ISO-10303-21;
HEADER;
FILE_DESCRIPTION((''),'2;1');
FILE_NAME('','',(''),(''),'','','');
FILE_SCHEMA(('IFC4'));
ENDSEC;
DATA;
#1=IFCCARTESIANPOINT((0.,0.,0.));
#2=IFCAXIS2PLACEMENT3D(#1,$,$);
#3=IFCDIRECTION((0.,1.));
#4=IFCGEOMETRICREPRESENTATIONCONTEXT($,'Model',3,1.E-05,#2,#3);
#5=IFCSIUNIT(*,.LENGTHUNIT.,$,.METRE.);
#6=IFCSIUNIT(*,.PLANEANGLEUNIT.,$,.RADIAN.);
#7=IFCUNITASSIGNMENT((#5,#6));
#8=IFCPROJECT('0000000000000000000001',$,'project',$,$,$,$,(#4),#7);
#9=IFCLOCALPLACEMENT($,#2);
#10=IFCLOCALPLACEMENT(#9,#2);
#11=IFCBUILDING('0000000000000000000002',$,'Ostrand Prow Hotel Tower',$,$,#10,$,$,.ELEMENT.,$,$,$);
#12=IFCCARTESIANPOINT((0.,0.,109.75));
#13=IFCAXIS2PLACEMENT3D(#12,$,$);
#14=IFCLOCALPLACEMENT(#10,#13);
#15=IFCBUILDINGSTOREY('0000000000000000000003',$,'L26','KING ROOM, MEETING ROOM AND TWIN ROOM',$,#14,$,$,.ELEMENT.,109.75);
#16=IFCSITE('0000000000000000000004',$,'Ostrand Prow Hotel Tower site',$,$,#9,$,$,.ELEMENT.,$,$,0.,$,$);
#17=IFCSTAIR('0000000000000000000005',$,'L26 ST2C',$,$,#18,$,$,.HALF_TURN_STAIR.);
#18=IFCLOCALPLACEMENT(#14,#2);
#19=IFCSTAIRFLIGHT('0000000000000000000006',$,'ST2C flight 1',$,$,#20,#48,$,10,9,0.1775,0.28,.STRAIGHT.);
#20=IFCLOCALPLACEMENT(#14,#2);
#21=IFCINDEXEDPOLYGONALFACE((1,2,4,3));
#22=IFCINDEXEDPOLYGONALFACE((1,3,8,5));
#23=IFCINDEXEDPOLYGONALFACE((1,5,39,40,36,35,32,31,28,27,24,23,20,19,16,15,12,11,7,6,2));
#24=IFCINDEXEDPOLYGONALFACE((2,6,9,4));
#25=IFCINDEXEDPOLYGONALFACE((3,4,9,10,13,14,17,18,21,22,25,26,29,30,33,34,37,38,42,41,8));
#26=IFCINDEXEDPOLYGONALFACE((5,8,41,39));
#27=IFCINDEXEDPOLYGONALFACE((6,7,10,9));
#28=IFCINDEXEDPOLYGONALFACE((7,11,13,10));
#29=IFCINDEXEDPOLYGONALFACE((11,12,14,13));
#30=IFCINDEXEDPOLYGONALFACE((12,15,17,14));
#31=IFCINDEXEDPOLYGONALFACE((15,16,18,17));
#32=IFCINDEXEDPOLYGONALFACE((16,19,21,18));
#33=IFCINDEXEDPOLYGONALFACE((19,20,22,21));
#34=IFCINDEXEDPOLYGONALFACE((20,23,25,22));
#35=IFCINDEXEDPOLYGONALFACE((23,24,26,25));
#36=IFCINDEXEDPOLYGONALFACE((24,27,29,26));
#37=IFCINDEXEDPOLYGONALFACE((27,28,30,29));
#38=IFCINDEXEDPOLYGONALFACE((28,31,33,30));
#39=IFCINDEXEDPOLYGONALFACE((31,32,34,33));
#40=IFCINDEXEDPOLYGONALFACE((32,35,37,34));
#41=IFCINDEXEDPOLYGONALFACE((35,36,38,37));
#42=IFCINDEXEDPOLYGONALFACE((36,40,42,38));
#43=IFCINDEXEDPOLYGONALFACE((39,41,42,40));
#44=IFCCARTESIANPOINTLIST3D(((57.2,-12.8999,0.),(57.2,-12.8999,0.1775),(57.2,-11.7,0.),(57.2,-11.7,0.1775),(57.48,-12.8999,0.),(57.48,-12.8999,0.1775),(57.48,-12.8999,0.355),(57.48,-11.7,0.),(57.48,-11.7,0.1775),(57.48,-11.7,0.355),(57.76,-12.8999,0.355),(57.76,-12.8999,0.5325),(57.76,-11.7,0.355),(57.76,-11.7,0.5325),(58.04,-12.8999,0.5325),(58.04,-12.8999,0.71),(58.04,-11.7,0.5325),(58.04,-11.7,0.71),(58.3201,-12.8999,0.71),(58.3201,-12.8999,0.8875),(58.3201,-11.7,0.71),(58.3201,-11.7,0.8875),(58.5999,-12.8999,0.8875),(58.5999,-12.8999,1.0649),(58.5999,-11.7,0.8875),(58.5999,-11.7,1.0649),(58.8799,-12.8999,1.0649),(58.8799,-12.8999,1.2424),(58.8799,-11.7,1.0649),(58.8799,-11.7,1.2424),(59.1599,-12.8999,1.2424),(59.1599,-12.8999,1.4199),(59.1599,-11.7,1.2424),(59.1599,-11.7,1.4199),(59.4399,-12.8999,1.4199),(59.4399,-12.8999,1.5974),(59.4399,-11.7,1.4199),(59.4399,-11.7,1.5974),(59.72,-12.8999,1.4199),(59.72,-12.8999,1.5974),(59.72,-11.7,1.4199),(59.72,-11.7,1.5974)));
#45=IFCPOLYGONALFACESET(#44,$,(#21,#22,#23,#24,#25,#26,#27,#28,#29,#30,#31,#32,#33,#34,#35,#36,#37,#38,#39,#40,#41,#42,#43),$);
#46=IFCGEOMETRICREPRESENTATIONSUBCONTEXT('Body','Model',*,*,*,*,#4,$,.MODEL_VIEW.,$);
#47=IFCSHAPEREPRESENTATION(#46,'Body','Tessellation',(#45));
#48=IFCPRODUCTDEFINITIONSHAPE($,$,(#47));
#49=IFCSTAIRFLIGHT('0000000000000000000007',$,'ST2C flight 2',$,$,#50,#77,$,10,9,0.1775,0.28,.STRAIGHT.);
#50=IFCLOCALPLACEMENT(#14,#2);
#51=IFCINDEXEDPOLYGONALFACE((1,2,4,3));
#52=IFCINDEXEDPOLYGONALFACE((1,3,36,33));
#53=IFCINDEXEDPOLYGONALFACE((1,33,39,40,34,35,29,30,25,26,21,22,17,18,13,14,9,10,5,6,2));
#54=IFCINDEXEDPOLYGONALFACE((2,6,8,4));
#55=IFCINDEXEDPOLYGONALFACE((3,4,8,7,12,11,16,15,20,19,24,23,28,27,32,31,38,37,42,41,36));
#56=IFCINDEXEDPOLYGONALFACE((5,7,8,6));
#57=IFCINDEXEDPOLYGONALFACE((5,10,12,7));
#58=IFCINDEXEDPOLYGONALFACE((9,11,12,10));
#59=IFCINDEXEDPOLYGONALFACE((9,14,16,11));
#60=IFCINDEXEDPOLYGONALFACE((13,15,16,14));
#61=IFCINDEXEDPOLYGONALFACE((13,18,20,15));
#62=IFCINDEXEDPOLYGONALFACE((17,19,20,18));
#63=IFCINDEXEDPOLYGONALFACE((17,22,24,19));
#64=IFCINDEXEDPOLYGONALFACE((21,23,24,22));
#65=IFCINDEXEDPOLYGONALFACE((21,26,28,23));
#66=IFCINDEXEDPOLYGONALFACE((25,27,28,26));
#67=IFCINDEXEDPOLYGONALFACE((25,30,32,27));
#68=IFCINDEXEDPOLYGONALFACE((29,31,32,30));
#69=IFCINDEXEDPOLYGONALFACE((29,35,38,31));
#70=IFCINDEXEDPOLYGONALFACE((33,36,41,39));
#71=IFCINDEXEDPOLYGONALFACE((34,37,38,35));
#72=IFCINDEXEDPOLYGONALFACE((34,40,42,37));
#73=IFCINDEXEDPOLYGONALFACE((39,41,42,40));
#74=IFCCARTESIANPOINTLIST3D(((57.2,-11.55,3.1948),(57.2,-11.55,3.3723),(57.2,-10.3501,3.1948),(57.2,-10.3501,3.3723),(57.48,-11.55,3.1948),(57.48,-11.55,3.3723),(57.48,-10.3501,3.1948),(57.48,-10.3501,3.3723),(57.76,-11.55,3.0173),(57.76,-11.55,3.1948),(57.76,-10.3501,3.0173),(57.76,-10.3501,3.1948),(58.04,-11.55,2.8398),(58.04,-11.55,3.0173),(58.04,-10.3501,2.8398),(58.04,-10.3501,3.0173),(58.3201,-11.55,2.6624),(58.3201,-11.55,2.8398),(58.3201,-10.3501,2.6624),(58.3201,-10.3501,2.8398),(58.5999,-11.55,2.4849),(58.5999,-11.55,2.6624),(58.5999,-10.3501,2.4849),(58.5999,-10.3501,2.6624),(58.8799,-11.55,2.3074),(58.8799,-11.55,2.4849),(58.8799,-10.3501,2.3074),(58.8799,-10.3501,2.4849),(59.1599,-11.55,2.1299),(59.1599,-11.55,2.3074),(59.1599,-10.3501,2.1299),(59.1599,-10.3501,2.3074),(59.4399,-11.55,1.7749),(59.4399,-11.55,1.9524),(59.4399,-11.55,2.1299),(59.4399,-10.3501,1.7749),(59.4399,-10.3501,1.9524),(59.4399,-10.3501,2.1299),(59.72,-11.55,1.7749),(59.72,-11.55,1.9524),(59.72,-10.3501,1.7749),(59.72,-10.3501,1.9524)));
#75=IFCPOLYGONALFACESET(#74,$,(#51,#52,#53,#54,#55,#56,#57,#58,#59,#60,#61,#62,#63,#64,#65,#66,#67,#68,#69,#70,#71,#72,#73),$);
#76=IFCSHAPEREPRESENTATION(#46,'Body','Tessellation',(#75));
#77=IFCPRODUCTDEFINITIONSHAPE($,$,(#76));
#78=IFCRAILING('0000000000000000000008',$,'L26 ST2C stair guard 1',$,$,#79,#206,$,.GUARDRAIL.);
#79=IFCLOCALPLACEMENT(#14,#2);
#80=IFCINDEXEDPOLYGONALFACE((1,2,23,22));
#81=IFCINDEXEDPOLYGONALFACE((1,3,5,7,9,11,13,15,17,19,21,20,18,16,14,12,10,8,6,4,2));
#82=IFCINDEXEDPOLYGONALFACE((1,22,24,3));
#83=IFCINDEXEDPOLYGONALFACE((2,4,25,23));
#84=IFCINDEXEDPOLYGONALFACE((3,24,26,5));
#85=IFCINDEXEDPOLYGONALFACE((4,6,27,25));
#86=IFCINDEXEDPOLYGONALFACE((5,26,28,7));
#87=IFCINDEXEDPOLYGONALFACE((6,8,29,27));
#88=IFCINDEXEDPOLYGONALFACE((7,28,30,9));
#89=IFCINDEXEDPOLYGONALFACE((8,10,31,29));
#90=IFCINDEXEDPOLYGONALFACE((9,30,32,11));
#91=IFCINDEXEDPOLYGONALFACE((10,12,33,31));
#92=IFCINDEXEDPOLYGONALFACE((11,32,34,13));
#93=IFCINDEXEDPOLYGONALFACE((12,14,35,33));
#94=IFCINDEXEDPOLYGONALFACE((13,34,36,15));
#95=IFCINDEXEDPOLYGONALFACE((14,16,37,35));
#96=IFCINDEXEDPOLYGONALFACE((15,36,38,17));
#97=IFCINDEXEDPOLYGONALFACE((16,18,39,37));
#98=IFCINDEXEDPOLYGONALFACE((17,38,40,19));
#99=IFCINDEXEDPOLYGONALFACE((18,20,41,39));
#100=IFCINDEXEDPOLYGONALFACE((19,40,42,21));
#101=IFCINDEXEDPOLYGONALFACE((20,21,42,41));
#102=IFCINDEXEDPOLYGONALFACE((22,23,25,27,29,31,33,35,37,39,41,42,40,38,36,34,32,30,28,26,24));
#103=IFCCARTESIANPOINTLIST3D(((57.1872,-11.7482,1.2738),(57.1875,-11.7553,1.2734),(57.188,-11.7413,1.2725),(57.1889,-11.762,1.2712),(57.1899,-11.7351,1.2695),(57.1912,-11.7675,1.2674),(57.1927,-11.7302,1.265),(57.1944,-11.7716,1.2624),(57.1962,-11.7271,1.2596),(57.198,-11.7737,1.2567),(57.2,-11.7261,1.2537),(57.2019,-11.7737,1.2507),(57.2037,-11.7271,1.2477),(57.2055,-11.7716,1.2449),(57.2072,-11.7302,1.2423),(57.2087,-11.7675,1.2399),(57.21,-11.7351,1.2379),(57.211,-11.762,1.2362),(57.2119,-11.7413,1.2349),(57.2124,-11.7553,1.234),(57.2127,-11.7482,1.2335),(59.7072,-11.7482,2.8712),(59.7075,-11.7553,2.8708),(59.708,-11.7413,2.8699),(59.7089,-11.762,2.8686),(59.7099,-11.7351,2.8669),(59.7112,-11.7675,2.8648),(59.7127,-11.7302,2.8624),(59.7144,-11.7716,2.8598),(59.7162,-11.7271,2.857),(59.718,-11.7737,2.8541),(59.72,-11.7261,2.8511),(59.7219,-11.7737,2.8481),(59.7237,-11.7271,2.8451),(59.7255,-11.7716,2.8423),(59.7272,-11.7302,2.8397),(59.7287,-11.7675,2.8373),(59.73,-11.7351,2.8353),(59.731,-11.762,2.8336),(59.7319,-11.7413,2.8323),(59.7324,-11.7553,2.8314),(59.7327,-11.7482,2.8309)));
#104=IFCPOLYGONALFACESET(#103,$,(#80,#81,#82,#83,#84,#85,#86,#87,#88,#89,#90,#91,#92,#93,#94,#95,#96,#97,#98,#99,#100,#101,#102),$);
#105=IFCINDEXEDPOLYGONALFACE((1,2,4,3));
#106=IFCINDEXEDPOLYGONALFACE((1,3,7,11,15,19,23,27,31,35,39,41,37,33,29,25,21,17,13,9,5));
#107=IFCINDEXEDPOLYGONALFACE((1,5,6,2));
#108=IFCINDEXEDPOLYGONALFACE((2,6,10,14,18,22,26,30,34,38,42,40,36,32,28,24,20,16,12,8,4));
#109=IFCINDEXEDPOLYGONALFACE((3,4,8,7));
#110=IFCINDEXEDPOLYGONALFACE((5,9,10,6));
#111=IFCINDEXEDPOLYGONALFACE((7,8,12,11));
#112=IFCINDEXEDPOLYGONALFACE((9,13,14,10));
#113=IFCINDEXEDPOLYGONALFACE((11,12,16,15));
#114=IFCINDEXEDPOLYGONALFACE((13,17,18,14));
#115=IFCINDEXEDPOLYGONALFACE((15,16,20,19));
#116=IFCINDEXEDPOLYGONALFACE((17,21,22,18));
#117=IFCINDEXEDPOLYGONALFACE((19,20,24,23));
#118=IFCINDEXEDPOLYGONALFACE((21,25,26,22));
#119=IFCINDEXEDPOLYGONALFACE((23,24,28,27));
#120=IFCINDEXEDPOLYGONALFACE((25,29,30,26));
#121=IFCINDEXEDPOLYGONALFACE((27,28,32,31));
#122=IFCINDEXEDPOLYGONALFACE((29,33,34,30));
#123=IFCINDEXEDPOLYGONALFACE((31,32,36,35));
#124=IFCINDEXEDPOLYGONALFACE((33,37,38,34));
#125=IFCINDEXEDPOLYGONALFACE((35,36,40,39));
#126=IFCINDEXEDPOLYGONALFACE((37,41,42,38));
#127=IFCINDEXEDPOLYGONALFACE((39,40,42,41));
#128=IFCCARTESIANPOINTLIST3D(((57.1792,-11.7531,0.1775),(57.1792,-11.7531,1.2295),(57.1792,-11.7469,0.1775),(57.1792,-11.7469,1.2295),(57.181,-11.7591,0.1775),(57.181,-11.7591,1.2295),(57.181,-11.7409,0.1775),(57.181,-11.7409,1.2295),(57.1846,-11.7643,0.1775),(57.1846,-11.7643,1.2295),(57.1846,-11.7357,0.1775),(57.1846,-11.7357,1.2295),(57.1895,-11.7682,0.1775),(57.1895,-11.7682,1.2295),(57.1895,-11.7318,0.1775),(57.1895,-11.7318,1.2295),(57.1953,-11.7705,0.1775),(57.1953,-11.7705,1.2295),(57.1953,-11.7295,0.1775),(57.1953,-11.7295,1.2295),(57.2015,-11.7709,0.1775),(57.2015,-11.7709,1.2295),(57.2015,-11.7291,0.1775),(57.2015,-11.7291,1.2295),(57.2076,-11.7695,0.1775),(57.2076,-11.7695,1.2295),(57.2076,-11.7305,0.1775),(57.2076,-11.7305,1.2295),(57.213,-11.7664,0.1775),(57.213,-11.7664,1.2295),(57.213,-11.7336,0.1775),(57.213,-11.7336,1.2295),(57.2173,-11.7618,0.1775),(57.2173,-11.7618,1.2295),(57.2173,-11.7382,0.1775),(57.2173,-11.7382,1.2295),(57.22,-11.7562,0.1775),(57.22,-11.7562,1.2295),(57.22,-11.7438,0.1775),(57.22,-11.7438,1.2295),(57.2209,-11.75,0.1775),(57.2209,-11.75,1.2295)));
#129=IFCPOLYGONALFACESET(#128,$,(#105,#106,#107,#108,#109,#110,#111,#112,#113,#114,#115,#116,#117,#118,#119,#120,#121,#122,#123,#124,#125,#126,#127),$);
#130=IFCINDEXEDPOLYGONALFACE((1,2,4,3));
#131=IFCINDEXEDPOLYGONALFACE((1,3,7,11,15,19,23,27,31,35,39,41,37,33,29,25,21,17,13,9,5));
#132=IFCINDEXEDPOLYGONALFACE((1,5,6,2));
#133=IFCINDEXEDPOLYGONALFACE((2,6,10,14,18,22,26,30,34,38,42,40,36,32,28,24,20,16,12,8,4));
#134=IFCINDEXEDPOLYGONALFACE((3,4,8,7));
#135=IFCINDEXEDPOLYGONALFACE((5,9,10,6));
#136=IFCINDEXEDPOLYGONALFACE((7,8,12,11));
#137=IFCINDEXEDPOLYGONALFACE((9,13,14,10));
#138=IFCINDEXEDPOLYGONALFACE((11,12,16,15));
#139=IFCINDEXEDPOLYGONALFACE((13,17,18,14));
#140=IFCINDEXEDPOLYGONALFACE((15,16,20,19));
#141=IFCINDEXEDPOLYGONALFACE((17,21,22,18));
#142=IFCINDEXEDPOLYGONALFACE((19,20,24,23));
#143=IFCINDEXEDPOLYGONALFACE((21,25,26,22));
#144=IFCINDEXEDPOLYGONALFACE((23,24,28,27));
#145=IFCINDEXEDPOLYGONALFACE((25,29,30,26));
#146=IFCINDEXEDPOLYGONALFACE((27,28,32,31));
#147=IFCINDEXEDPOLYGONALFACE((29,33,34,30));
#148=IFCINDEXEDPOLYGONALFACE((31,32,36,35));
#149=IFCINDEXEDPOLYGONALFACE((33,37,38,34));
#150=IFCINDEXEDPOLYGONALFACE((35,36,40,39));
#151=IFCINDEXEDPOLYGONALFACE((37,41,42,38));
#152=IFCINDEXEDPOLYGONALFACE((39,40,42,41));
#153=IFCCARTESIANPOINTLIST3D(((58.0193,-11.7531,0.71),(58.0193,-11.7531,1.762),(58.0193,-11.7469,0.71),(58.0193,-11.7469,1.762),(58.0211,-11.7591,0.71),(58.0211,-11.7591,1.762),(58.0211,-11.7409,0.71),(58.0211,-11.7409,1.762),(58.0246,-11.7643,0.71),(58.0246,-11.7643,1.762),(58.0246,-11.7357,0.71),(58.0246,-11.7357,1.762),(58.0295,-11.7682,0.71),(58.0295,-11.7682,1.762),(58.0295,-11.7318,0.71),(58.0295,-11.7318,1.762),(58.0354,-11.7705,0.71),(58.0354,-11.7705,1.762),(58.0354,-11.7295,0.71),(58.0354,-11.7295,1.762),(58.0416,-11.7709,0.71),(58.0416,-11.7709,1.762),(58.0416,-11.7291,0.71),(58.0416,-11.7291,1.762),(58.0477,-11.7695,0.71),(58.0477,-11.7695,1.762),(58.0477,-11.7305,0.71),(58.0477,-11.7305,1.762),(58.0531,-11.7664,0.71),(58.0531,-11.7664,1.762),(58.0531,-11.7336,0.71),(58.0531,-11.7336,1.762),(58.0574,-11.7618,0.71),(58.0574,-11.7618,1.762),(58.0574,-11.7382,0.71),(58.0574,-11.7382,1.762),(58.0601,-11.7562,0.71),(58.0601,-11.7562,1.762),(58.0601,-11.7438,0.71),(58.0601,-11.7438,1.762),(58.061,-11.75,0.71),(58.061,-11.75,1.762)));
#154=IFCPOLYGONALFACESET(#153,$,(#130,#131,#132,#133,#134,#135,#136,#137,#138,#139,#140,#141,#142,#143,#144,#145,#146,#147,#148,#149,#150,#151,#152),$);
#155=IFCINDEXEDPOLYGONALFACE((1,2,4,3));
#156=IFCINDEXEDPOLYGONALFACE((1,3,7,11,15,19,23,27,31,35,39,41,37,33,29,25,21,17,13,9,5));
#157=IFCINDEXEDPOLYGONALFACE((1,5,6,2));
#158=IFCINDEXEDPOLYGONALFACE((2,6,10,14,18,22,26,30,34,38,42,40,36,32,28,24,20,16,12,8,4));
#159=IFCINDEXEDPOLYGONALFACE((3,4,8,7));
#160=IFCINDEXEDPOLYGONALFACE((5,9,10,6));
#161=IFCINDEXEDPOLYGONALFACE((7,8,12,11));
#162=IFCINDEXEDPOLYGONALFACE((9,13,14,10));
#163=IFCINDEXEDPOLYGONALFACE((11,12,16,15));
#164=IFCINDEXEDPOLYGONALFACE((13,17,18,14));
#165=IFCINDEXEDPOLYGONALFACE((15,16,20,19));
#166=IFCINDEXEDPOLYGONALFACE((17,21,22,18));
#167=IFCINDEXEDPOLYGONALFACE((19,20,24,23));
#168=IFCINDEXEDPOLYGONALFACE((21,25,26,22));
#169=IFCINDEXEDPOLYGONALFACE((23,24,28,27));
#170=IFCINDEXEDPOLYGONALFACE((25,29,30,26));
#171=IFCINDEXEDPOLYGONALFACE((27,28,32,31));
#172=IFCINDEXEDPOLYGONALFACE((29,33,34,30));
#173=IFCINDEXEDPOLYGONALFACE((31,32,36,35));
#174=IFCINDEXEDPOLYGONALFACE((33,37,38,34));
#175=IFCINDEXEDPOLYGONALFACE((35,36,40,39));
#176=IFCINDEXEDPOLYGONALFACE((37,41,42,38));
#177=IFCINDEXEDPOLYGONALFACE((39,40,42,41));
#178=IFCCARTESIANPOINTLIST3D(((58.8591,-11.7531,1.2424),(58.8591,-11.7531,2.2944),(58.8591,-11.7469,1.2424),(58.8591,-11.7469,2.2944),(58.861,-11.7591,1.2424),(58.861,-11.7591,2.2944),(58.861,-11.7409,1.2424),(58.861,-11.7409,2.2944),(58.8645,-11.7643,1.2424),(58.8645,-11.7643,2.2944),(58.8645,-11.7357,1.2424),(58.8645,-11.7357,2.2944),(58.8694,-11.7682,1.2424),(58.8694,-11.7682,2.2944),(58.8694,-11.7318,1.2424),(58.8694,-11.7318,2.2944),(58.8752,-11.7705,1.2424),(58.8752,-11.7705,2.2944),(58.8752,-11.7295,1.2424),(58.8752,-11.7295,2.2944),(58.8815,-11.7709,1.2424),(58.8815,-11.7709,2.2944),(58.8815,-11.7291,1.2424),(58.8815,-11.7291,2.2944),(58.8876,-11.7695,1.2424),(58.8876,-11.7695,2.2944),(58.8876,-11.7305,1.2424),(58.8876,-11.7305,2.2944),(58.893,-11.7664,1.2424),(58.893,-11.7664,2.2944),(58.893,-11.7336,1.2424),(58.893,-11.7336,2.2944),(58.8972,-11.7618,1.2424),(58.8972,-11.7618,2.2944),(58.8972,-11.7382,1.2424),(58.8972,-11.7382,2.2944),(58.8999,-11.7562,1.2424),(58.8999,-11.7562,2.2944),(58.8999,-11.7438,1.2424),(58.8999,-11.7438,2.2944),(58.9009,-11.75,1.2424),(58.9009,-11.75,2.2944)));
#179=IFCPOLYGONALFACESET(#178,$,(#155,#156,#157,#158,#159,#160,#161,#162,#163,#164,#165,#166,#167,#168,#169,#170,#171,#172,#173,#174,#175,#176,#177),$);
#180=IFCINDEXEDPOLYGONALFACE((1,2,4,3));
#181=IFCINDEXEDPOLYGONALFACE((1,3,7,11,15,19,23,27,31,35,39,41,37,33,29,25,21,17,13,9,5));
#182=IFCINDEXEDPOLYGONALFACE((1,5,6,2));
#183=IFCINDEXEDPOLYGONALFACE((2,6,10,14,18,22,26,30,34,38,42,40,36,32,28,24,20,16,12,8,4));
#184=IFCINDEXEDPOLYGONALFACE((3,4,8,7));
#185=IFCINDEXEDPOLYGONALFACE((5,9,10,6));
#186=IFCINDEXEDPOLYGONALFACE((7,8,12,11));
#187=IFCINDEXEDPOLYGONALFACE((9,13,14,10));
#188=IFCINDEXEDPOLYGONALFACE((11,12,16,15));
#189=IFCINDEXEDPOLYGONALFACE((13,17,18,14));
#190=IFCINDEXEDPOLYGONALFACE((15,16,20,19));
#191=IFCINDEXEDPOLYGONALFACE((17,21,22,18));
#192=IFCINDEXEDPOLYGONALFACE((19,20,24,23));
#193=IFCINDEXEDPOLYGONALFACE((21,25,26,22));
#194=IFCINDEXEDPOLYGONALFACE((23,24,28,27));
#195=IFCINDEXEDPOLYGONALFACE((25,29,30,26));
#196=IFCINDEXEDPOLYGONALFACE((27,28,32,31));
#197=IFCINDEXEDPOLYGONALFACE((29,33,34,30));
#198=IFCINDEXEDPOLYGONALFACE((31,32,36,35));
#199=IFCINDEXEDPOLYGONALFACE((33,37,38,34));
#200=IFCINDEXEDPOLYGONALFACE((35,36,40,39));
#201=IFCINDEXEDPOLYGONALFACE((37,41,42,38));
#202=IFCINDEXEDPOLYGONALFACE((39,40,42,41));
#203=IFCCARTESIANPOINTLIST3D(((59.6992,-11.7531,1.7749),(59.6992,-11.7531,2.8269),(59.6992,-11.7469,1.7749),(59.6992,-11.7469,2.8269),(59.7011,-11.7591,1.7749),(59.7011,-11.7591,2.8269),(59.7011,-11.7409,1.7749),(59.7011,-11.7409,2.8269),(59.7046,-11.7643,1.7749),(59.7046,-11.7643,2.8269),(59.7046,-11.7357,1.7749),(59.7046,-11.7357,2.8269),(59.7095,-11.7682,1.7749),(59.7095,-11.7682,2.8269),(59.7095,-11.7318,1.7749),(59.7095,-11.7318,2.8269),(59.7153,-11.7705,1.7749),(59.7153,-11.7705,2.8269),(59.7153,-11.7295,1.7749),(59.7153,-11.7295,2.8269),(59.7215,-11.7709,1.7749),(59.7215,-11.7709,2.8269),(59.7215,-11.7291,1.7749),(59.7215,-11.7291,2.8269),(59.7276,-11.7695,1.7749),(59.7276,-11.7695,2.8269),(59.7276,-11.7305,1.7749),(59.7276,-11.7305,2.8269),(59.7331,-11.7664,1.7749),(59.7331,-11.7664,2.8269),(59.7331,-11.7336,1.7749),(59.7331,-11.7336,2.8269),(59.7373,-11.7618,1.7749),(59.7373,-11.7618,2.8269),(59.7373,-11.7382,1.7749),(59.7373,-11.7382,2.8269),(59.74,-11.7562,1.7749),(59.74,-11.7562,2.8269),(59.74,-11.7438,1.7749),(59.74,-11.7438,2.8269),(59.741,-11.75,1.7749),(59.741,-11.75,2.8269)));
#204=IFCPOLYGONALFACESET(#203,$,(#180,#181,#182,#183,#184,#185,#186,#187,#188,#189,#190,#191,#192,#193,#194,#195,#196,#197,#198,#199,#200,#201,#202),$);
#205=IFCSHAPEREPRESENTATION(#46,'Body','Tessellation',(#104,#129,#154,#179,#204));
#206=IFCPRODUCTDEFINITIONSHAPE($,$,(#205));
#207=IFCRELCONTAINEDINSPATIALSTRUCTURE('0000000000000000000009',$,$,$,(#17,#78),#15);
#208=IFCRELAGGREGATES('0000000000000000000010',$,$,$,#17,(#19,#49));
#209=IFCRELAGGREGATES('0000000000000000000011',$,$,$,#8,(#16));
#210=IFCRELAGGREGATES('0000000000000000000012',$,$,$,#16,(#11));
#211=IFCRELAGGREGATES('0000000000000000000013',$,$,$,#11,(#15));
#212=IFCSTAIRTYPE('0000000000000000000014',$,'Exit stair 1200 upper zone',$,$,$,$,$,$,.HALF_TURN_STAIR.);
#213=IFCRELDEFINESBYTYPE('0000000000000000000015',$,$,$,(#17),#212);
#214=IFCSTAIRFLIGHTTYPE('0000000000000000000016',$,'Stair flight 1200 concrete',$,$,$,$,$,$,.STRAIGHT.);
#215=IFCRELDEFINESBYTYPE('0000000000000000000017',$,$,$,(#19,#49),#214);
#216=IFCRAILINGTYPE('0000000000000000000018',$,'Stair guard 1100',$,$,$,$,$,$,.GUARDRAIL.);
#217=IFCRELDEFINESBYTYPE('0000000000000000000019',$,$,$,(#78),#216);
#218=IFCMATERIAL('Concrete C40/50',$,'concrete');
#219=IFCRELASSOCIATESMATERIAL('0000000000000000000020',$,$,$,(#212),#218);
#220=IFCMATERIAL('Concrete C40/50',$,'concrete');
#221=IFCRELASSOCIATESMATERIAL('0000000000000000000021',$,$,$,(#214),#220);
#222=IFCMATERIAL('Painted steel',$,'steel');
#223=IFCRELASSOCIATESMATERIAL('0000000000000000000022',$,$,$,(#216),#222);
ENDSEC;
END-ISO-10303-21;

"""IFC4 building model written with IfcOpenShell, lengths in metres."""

from ifc_helpers import new_model, si_unit, direction, frame, origin, origin_2d, place, context, subcontext, project, spatial, polyline, circle, outline, extrude, material, type_object, element, aggregate, save


model = new_model("IFC4")

# Units and contexts
model_context = context("Model", 3, precision=1e-05, world=origin(), true_north=direction((0.0, 1.0)))
body_context = subcontext(model_context, "Body", "Model", "MODEL_VIEW")
ifc_project = project(units=[si_unit("LENGTHUNIT", "METRE"), si_unit("PLANEANGLEUNIT", "RADIAN")], contexts=[model_context])

# Site, building, storey
site_placement = place(None, origin())
site = spatial("IfcSite", under=ifc_project, at=site_placement, Name="Ostrand Prow Hotel Tower site", CompositionType="ELEMENT", RefElevation=0.0)
building_placement = place(site_placement, origin())
building = spatial("IfcBuilding", under=site, at=building_placement, Name="Ostrand Prow Hotel Tower", CompositionType="ELEMENT")
storey_placement = place(building_placement, frame((0.0, 0.0, 109.75)))
storey = spatial("IfcBuildingStorey", under=building, at=storey_placement, Name="L26", Description="KING ROOM, MEETING ROOM AND TWIN ROOM", CompositionType="ELEMENT", Elevation=109.75)

# Stair, stair flights
ifc_material_1 = material(Name="Concrete C40/50", Category="concrete")
stair_type = type_object("IfcStairType", Name="Exit stair 1200 upper zone", PredefinedType="HALF_TURN_STAIR", material=ifc_material_1)
stair_placement = place(storey_placement, origin())
stair = element("IfcStair", 1, at=stair_placement, inside=storey, type_object=stair_type, Name="L26 ST2C", PredefinedType="HALF_TURN_STAIR")
ifc_material_2 = material(Name="Concrete C40/50", Category="concrete")
stair_flight_type = type_object("IfcStairFlightType", Name="Stair flight 1200 concrete", PredefinedType="STRAIGHT", material=ifc_material_2)
stair_flight_1_placement = place(storey_placement, frame((57.2, -12.3, 0.0), z_axis=(0.0, 0.0, 1.0), x_axis=(1.0, 0.0, 0.0)))
stair_flight_1 = element("IfcStairFlight", 2, at=stair_flight_1_placement, type_object=stair_flight_type, Name="ST2C flight 1", NumberOfRisers=10, NumberOfTreads=9, PredefinedType="STRAIGHT", RiserHeight=0.1775, TreadLength=0.28, context=body_context, shape_type="SweptSolid", body=[
    extrude(outline(polyline([(0.0, 0.0), (0.0, 0.1775), (0.28, 0.1775), (0.28, 0.355), (0.5601, 0.355), (0.5601, 0.5325), (0.8401, 0.5325), (0.8401, 0.71), (1.1201, 0.71), (1.1201, 0.8875), (1.3999, 0.8875), (1.3999, 1.0649), (1.6799, 1.0649), (1.6799, 1.2424), (1.96, 1.2424), (1.96, 1.4199), (2.24, 1.4199), (2.24, 1.5974), (2.52, 1.5974), (2.52, 1.7749), (2.52, 1.4199), (0.28, 0.0), (0.0, 0.0)])), frame((0.0, 0.6001, 0.0), z_axis=(0.0, -1.0, 0.0), x_axis=(1.0, 0.0, 0.0)), (0.0, 0.0, 1.0), 1.2),
])
stair_flight_2_placement = place(storey_placement, frame((59.72, -10.95, 1.7749), z_axis=(0.0, 0.0, 1.0), x_axis=(-1.0, 0.0, 0.0)))
stair_flight_2 = element("IfcStairFlight", 3, at=stair_flight_2_placement, type_object=stair_flight_type, Name="ST2C flight 2", NumberOfRisers=10, NumberOfTreads=9, PredefinedType="STRAIGHT", RiserHeight=0.1775, TreadLength=0.28, context=body_context, shape_type="SweptSolid", body=[
    extrude(outline(polyline([(0.0, 0.0), (0.0, 0.1775), (0.28, 0.1775), (0.28, 0.355), (0.5601, 0.355), (0.5601, 0.5325), (0.8401, 0.5325), (0.8401, 0.71), (1.1201, 0.71), (1.1201, 0.8875), (1.3999, 0.8875), (1.3999, 1.0649), (1.6799, 1.0649), (1.6799, 1.2424), (1.96, 1.2424), (1.96, 1.4199), (2.24, 1.4199), (2.24, 1.5974), (2.52, 1.5974), (2.52, 1.7749), (2.52, 1.4199), (0.28, 0.0), (0.0, 0.0)])), frame((0.0, 0.6001, 0.0), z_axis=(0.0, -1.0, 0.0), x_axis=(1.0, 0.0, 0.0)), (0.0, 0.0, 1.0), 1.2),
])
aggregate(stair, [stair_flight_1, stair_flight_2])

# Railing
ifc_material_3 = material(Name="Painted steel", Category="steel")
railing_type_1 = type_object("IfcRailingType", Name="Stair guard 1100", PredefinedType="GUARDRAIL", material=ifc_material_3)
railing_1_placement = place(storey_placement, frame((57.2, -11.75, 0.1775)))
element("IfcRailing", 4, at=railing_1_placement, inside=storey, type_object=railing_type_1, Name="L26 ST2C stair guard 1", PredefinedType="GUARDRAIL", context=body_context, shape_type="SweptSolid", body=[
    extrude(circle(Radius=0.0239, at=origin_2d()), frame((0.0, 0.0, 1.0762), z_axis=(0.844607, 0.0, 0.535387), x_axis=(0.0, 1.0, 0.0)), (0.0, 0.0, 1.0), 2.9836),
    extrude(circle(Radius=0.021, at=origin_2d()), origin(), (0.0, 0.0, 1.0), 1.052),
    extrude(circle(Radius=0.021, at=origin_2d()), frame((0.8401, 0.0, 0.5325)), (0.0, 0.0, 1.0), 1.052),
    extrude(circle(Radius=0.021, at=origin_2d()), frame((1.6799, 0.0, 1.0649)), (0.0, 0.0, 1.0), 1.052),
    extrude(circle(Radius=0.021, at=origin_2d()), frame((2.52, 0.0, 1.5974)), (0.0, 0.0, 1.0), 1.052),
])

save(model, "model.ifc")
